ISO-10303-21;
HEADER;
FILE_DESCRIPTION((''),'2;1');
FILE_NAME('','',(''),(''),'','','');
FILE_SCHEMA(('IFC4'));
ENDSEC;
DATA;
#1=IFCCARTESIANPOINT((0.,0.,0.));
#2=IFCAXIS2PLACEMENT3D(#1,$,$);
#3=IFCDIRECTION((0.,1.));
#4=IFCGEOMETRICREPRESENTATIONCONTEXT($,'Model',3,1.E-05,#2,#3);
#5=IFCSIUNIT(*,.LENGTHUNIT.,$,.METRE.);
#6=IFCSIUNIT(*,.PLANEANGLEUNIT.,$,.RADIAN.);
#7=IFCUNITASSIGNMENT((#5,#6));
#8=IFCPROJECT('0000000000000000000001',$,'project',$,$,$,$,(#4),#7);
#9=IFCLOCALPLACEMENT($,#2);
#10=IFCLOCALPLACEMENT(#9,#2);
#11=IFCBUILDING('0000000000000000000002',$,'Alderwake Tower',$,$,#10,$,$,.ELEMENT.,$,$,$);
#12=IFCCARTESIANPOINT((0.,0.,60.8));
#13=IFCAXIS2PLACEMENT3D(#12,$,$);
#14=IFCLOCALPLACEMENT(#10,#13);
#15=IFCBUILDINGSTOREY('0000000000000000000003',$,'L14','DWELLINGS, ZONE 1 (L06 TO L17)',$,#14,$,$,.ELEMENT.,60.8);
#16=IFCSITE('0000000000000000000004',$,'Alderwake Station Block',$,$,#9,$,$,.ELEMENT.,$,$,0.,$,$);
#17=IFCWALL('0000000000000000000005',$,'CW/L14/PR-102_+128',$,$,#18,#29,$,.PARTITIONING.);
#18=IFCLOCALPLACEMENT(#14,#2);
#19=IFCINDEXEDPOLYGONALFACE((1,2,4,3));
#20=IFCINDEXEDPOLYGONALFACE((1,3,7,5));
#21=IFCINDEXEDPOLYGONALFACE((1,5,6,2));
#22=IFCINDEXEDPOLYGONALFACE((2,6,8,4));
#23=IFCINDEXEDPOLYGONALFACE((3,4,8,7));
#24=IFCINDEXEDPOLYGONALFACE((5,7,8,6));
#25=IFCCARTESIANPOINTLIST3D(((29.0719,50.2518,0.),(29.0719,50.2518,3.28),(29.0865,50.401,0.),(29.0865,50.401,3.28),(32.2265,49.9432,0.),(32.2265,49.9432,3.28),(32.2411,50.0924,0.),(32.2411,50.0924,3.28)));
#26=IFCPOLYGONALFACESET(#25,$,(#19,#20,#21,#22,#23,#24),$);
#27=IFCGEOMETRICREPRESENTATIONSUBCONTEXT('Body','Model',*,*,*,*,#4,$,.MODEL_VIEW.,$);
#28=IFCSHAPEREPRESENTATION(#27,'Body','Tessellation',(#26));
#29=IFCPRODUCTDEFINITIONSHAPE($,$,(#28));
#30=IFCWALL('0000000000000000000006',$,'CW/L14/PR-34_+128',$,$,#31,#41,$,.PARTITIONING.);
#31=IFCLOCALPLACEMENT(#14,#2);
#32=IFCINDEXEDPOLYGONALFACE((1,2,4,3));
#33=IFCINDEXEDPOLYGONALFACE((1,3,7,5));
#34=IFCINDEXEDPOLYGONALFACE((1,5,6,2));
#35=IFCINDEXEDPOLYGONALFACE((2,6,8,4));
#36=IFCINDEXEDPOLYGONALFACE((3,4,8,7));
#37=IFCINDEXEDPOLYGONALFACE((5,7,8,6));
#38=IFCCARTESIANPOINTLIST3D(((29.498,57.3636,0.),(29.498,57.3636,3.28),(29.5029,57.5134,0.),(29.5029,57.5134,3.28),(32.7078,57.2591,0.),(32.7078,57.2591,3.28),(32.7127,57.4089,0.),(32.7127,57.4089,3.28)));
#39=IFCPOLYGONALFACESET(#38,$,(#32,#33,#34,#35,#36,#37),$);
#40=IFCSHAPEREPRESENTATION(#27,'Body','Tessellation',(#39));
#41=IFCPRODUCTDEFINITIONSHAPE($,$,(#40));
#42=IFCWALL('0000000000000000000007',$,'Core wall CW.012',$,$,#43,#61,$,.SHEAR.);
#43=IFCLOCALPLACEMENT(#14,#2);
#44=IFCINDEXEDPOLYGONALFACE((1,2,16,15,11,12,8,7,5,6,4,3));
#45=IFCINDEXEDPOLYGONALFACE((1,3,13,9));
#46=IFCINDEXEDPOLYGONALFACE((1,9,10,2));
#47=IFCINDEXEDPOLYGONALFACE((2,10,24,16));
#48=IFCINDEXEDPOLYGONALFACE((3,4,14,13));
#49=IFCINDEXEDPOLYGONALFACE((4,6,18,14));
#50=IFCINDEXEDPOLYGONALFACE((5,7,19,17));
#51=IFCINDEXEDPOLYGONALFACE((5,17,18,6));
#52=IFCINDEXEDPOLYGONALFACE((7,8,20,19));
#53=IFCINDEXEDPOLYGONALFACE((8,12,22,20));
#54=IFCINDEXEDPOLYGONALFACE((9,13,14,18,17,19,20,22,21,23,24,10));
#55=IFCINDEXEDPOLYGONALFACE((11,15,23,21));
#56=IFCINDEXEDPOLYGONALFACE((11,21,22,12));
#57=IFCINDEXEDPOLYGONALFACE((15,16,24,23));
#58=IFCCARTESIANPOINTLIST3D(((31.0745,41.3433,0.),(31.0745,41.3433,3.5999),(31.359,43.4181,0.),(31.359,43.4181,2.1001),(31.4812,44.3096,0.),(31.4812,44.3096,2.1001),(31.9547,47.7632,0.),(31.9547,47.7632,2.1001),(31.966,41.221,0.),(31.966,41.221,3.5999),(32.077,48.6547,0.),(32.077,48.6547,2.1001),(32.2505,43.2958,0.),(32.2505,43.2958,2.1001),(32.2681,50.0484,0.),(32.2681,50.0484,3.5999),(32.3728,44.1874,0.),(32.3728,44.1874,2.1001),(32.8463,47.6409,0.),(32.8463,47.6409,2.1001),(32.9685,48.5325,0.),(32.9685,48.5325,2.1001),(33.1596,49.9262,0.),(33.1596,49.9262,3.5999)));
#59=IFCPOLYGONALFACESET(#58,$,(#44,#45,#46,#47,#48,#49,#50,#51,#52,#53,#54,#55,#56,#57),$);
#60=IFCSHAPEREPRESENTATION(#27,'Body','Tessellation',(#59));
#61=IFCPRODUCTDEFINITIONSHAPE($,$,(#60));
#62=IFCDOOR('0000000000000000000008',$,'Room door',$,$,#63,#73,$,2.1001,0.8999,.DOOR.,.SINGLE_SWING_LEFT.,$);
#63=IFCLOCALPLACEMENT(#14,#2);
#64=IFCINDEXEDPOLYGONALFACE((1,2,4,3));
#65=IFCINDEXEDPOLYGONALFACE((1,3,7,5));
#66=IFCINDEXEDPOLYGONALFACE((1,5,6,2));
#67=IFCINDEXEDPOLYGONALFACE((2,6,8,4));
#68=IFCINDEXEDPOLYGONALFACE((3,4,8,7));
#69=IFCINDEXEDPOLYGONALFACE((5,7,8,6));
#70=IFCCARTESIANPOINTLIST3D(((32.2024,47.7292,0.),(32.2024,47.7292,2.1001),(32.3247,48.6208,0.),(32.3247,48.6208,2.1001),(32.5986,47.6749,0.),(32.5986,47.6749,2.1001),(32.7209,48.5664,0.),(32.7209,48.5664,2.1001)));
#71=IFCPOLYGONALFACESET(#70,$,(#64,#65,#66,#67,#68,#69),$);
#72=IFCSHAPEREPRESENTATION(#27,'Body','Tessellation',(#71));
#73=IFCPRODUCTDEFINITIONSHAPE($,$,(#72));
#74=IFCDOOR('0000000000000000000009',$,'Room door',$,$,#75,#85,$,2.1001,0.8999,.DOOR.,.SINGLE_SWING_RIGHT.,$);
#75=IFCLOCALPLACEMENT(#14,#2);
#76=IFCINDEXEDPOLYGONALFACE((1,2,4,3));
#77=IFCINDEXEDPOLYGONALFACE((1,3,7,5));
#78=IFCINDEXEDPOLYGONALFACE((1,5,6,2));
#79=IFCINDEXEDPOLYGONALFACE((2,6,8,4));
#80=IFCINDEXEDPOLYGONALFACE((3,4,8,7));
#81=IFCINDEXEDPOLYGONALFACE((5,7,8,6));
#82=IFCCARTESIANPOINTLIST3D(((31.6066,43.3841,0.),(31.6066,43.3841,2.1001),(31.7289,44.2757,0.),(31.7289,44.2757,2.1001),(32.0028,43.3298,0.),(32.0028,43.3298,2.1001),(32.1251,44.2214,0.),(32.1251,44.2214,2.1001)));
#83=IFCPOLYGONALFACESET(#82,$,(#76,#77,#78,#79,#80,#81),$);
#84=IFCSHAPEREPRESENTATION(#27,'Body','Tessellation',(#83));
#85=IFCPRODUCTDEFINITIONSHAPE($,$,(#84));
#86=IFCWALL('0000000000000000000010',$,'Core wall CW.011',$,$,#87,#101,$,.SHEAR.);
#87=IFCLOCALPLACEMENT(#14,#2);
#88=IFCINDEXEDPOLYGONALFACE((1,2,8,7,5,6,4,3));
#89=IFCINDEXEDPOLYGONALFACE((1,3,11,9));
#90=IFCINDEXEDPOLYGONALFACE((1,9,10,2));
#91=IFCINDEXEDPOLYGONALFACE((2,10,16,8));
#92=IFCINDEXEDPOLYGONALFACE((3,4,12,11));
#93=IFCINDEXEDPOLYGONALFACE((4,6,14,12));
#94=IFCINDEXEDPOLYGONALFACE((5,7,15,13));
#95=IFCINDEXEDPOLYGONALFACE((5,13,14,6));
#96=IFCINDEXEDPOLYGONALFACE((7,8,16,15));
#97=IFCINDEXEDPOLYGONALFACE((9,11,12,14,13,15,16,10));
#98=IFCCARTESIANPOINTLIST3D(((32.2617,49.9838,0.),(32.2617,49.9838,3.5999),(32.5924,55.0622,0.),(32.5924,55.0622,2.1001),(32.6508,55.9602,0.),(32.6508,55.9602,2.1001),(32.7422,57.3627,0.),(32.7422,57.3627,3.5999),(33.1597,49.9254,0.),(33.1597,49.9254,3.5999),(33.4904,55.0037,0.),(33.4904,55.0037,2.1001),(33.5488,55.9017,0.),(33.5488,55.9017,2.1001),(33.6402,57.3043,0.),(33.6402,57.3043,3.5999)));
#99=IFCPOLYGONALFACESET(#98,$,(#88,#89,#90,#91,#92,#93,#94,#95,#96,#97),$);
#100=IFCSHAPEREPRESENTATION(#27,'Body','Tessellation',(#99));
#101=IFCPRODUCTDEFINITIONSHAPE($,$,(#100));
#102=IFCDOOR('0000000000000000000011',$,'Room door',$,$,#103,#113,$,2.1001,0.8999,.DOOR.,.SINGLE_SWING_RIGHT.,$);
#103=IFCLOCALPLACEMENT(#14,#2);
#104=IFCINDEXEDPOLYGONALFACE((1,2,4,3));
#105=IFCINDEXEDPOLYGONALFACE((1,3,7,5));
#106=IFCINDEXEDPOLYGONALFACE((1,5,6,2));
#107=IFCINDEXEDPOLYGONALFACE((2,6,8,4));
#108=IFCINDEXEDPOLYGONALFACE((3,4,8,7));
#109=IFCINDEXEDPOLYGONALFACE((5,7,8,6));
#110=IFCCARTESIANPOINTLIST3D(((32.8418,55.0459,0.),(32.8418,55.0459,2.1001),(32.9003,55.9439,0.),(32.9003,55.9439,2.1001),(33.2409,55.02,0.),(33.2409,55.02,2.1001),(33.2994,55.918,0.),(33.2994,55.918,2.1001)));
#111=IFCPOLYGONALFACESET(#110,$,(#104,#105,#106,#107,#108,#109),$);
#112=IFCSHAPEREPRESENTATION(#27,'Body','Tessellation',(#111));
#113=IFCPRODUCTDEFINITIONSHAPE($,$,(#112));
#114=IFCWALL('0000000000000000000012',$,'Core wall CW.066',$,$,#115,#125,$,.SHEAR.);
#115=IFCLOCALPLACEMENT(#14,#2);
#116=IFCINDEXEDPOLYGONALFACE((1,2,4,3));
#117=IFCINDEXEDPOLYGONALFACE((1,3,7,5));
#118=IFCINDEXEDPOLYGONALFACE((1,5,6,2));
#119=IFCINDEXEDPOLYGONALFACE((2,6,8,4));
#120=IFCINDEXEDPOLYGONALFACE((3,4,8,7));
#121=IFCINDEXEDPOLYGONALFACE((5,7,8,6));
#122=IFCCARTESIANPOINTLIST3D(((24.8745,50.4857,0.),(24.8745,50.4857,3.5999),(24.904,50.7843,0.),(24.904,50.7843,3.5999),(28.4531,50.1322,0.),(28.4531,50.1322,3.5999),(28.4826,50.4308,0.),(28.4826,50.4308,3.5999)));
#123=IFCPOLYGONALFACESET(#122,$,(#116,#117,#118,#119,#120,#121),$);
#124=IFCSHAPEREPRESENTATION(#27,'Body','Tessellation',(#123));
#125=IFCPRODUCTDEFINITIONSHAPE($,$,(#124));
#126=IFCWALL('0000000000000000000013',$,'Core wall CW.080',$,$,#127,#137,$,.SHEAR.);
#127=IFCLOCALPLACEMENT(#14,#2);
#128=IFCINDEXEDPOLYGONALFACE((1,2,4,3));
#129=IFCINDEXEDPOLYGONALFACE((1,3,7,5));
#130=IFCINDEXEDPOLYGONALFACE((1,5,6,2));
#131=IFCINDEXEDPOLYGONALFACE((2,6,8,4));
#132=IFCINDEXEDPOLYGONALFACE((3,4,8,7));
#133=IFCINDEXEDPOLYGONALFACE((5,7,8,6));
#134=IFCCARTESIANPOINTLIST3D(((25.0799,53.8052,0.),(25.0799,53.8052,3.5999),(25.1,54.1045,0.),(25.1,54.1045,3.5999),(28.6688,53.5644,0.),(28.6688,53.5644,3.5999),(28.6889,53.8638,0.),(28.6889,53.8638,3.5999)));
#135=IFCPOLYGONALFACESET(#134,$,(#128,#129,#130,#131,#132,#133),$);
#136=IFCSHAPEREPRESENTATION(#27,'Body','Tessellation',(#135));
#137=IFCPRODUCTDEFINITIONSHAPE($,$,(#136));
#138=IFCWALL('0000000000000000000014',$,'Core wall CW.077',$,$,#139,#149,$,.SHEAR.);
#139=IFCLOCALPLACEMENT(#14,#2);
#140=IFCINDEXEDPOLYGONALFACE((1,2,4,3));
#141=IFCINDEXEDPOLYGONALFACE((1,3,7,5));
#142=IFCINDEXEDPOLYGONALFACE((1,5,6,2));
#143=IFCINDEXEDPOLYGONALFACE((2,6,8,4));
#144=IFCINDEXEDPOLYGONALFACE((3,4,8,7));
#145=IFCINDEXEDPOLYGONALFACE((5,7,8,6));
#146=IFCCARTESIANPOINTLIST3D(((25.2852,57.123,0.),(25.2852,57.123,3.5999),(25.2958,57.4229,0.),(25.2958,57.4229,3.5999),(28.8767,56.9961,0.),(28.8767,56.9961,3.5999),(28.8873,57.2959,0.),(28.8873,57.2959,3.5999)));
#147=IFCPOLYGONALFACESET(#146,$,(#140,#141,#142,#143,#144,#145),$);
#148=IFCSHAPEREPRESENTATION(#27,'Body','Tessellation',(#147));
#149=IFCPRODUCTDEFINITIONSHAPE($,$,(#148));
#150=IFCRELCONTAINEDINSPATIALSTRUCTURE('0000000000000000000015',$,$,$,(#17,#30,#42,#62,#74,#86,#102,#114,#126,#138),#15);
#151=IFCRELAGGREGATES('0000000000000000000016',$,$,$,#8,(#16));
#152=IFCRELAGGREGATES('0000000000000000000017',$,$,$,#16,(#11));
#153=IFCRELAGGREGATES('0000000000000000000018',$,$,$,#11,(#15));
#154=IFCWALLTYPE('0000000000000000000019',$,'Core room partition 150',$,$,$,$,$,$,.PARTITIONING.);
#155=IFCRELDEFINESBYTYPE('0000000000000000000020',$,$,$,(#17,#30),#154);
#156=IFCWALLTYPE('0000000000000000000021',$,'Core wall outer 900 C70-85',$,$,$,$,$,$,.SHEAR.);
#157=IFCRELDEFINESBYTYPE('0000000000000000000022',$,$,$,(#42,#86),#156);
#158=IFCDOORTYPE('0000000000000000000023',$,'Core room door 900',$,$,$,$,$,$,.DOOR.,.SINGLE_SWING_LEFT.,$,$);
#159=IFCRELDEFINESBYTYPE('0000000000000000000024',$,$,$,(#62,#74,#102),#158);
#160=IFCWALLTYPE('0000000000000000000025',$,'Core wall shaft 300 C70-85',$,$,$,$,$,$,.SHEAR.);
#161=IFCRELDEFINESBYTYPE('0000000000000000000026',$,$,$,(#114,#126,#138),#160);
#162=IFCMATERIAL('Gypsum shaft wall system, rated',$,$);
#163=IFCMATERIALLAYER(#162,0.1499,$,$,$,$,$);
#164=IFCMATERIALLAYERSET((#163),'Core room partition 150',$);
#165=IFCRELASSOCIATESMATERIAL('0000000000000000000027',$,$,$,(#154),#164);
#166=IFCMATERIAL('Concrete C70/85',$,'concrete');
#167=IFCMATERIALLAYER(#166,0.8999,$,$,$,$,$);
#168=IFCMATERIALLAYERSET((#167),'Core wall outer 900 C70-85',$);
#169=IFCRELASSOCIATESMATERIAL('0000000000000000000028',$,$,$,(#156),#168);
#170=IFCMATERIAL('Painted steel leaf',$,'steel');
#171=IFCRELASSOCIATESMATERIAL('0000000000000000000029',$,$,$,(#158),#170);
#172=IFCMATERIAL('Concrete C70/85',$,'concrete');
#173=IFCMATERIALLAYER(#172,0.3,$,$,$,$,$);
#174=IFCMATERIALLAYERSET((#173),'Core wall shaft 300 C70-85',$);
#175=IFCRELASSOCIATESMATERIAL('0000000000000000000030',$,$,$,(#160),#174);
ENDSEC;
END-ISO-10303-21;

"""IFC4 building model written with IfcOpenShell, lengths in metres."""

from ifc_helpers import new_model, si_unit, direction, frame, frame_2d, origin, place, context, subcontext, project, spatial, rectangle, extrude, material, layer, layer_set, type_object, element, fill, save


model = new_model("IFC4")

# Units and contexts
model_context = context("Model", 3, precision=1e-05, world=origin(), true_north=direction((0.0, 1.0)))
body_context = subcontext(model_context, "Body", "Model", "MODEL_VIEW")
ifc_project = project(units=[si_unit("LENGTHUNIT", "METRE"), si_unit("PLANEANGLEUNIT", "RADIAN")], contexts=[model_context])

# Site, building, storey
site_placement = place(None, origin())
site = spatial("IfcSite", under=ifc_project, at=site_placement, Name="Alderwake Station Block", CompositionType="ELEMENT", RefElevation=0.0)
building_placement = place(site_placement, origin())
building = spatial("IfcBuilding", under=site, at=building_placement, Name="Alderwake Tower", CompositionType="ELEMENT")
storey_placement = place(building_placement, frame((0.0, 0.0, 60.8)))
storey = spatial("IfcBuildingStorey", under=building, at=storey_placement, Name="L14", Description="DWELLINGS, ZONE 1 (L06 TO L17)", CompositionType="ELEMENT", Elevation=60.8)

# Walls
ifc_material_1 = material(Name="Gypsum shaft wall system, rated")
ifc_layer_1 = layer(ifc_material_1, 0.1499)
ifc_layer_set_1 = layer_set([ifc_layer_1], Name="Core room partition 150")
wall_type_1 = type_object("IfcWallType", Name="Core room partition 150", PredefinedType="PARTITIONING", material=ifc_layer_set_1)
wall_1_placement = place(storey_placement, frame((29.0791, 50.3264, 0.0), z_axis=(0.0, 0.0, 1.0), x_axis=(0.995249, -0.09736, 0.0)))
element("IfcWall", 1, at=wall_1_placement, inside=storey, type_object=wall_type_1, Name="CW/L14/PR-102_+128", PredefinedType="PARTITIONING", context=body_context, shape_type="SweptSolid", body=[
    extrude(rectangle(XDim=3.1697, YDim=0.1499, at=frame_2d((1.585, 0.0))), origin(), (0.0, 0.0, 1.0), 3.28),
])
wall_2_placement = place(storey_placement, frame((29.5005, 57.4385, 0.0), z_axis=(0.0, 0.0, 1.0), x_axis=(0.999471, -0.032538, 0.0)))
element("IfcWall", 2, at=wall_2_placement, inside=storey, type_object=wall_type_1, Name="CW/L14/PR-34_+128", PredefinedType="PARTITIONING", context=body_context, shape_type="SweptSolid", body=[
    extrude(rectangle(XDim=3.2114, YDim=0.1499, at=frame_2d((1.6057, 0.0))), origin(), (0.0, 0.0, 1.0), 3.28),
])

# Wall, openings, doors
ifc_material_2 = material(Name="Concrete C70/85", Category="concrete")
ifc_layer_2 = layer(ifc_material_2, 0.8999)
ifc_layer_set_2 = layer_set([ifc_layer_2], Name="Core wall outer 900 C70-85")
wall_type_2 = type_object("IfcWallType", Name="Core wall outer 900 C70-85", PredefinedType="SHEAR", material=ifc_layer_set_2)
wall_3_placement = place(storey_placement, frame((32.7139, 49.9873, 0.0), z_axis=(0.0, 0.0, 1.0), x_axis=(-0.135845, -0.99073, 0.0)))
wall_3 = element("IfcWall", 3, at=wall_3_placement, inside=storey, type_object=wall_type_2, Name="Core wall CW.012", PredefinedType="SHEAR", context=body_context, shape_type="SweptSolid", body=[
    extrude(rectangle(XDim=8.7866, YDim=0.8999, at=frame_2d((4.3933, 0.0))), origin(), (0.0, 0.0, 1.0), 3.5999),
])
opening_1_placement = place(wall_3_placement, frame((1.4067, 0.0, 0.0)))
opening_1 = element("IfcOpeningElement", 4, at=opening_1_placement, cuts=wall_3, PredefinedType="OPENING", context=body_context, shape_type="SweptSolid", body=[
    extrude(rectangle(XDim=0.8999, YDim=2.1001, at=frame_2d((0.45, 1.05))), frame((0.0, 0.46, 0.0), z_axis=(0.0, -1.0, 0.0), x_axis=(1.0, 0.0, 0.0)), (0.0, 0.0, 1.0), 0.9199),
])
opening_2_placement = place(wall_3_placement, frame((5.7925, 0.0, 0.0)))
opening_2 = element("IfcOpeningElement", 5, at=opening_2_placement, cuts=wall_3, PredefinedType="OPENING", context=body_context, shape_type="SweptSolid", body=[
    extrude(rectangle(XDim=0.8999, YDim=2.1001, at=frame_2d((0.45, 1.05))), frame((0.0, 0.46, 0.0), z_axis=(0.0, -1.0, 0.0), x_axis=(1.0, 0.0, 0.0)), (0.0, 0.0, 1.0), 0.9199),
])
ifc_material_3 = material(Name="Painted steel leaf", Category="steel")
door_type_1 = type_object("IfcDoorType", Name="Core room door 900", OperationType="SINGLE_SWING_LEFT", PredefinedType="DOOR", material=ifc_material_3)
door_1_placement = place(opening_1_placement, origin())
door_1 = element("IfcDoor", 6, at=door_1_placement, inside=storey, type_object=door_type_1, Name="Room door", OperationType="SINGLE_SWING_LEFT", OverallHeight=2.1001, OverallWidth=0.8999, PredefinedType="DOOR", context=body_context, shape_type="SweptSolid", body=[
    extrude(rectangle(XDim=0.8999, YDim=2.1001, at=frame_2d((0.45, 1.05))), frame((0.0, 0.2, 0.0), z_axis=(0.0, -1.0, 0.0), x_axis=(1.0, 0.0, 0.0)), (0.0, 0.0, 1.0), 0.3999),
])
fill(opening_1, door_1)
door_2_placement = place(opening_2_placement, origin())
door_2 = element("IfcDoor", 7, at=door_2_placement, inside=storey, type_object=door_type_1, Name="Room door", OperationType="SINGLE_SWING_RIGHT", OverallHeight=2.1001, OverallWidth=0.8999, PredefinedType="DOOR", context=body_context, shape_type="SweptSolid", body=[
    extrude(rectangle(XDim=0.8999, YDim=2.1001, at=frame_2d((0.45, 1.05))), frame((0.0, 0.2, 0.0), z_axis=(0.0, -1.0, 0.0), x_axis=(1.0, 0.0, 0.0)), (0.0, 0.0, 1.0), 0.3999),
])
fill(opening_2, door_2)

# Wall, opening, door
wall_4_placement = place(storey_placement, frame((33.1912, 57.3335, 0.0), z_axis=(0.0, 0.0, 1.0), x_axis=(-0.064976, -0.997887, 0.0)))
wall_4 = element("IfcWall", 8, at=wall_4_placement, inside=storey, type_object=wall_type_2, Name="Core wall CW.011", PredefinedType="SHEAR", context=body_context, shape_type="SweptSolid", body=[
    extrude(rectangle(XDim=7.3945, YDim=0.8999, at=frame_2d((3.6973, 0.0))), origin(), (0.0, 0.0, 1.0), 3.5999),
])
opening_3_placement = place(wall_4_placement, frame((1.4055, 0.0, 0.0)))
opening_3 = element("IfcOpeningElement", 9, at=opening_3_placement, cuts=wall_4, PredefinedType="OPENING", context=body_context, shape_type="SweptSolid", body=[
    extrude(rectangle(XDim=0.8999, YDim=2.1001, at=frame_2d((0.45, 1.05))), frame((0.0, 0.46, 0.0), z_axis=(0.0, -1.0, 0.0), x_axis=(1.0, 0.0, 0.0)), (0.0, 0.0, 1.0), 0.9199),
])
door_3_placement = place(opening_3_placement, origin())
door_3 = element("IfcDoor", 10, at=door_3_placement, inside=storey, type_object=door_type_1, Name="Room door", OperationType="SINGLE_SWING_RIGHT", OverallHeight=2.1001, OverallWidth=0.8999, PredefinedType="DOOR", context=body_context, shape_type="SweptSolid", body=[
    extrude(rectangle(XDim=0.8999, YDim=2.1001, at=frame_2d((0.45, 1.05))), frame((0.0, 0.2, 0.0), z_axis=(0.0, -1.0, 0.0), x_axis=(1.0, 0.0, 0.0)), (0.0, 0.0, 1.0), 0.3999),
])
fill(opening_3, door_3)

# Walls
ifc_material_4 = material(Name="Concrete C70/85", Category="concrete")
ifc_layer_3 = layer(ifc_material_4, 0.3)
ifc_layer_set_3 = layer_set([ifc_layer_3], Name="Core wall shaft 300 C70-85")
wall_type_3 = type_object("IfcWallType", Name="Core wall shaft 300 C70-85", PredefinedType="SHEAR", material=ifc_layer_set_3)
wall_5_placement = place(storey_placement, frame((24.8894, 50.635, 0.0), z_axis=(0.0, 0.0, 1.0), x_axis=(0.995156, -0.098307, 0.0)))
element("IfcWall", 11, at=wall_5_placement, inside=storey, type_object=wall_type_3, Name="Core wall CW.066", PredefinedType="SHEAR", context=body_context, shape_type="SweptSolid", body=[
    extrude(rectangle(XDim=3.5959, YDim=0.3, at=frame_2d((1.7979, 0.0))), origin(), (0.0, 0.0, 1.0), 3.5999),
])
wall_6_placement = place(storey_placement, frame((25.0901, 53.9548, 0.0), z_axis=(0.0, 0.0, 1.0), x_axis=(0.997758, -0.066924, 0.0)))
element("IfcWall", 12, at=wall_6_placement, inside=storey, type_object=wall_type_3, Name="Core wall CW.080", PredefinedType="SHEAR", context=body_context, shape_type="SweptSolid", body=[
    extrude(rectangle(XDim=3.5969, YDim=0.3, at=frame_2d((1.7983, 0.0))), origin(), (0.0, 0.0, 1.0), 3.5999),
])
wall_7_placement = place(storey_placement, frame((25.2905, 57.2729, 0.0), z_axis=(0.0, 0.0, 1.0), x_axis=(0.999376, -0.035326, 0.0)))
element("IfcWall", 13, at=wall_7_placement, inside=storey, type_object=wall_type_3, Name="Core wall CW.077", PredefinedType="SHEAR", context=body_context, shape_type="SweptSolid", body=[
    extrude(rectangle(XDim=3.5938, YDim=0.3, at=frame_2d((1.7969, 0.0))), origin(), (0.0, 0.0, 1.0), 3.5999),
])

save(model, "model.ifc")
